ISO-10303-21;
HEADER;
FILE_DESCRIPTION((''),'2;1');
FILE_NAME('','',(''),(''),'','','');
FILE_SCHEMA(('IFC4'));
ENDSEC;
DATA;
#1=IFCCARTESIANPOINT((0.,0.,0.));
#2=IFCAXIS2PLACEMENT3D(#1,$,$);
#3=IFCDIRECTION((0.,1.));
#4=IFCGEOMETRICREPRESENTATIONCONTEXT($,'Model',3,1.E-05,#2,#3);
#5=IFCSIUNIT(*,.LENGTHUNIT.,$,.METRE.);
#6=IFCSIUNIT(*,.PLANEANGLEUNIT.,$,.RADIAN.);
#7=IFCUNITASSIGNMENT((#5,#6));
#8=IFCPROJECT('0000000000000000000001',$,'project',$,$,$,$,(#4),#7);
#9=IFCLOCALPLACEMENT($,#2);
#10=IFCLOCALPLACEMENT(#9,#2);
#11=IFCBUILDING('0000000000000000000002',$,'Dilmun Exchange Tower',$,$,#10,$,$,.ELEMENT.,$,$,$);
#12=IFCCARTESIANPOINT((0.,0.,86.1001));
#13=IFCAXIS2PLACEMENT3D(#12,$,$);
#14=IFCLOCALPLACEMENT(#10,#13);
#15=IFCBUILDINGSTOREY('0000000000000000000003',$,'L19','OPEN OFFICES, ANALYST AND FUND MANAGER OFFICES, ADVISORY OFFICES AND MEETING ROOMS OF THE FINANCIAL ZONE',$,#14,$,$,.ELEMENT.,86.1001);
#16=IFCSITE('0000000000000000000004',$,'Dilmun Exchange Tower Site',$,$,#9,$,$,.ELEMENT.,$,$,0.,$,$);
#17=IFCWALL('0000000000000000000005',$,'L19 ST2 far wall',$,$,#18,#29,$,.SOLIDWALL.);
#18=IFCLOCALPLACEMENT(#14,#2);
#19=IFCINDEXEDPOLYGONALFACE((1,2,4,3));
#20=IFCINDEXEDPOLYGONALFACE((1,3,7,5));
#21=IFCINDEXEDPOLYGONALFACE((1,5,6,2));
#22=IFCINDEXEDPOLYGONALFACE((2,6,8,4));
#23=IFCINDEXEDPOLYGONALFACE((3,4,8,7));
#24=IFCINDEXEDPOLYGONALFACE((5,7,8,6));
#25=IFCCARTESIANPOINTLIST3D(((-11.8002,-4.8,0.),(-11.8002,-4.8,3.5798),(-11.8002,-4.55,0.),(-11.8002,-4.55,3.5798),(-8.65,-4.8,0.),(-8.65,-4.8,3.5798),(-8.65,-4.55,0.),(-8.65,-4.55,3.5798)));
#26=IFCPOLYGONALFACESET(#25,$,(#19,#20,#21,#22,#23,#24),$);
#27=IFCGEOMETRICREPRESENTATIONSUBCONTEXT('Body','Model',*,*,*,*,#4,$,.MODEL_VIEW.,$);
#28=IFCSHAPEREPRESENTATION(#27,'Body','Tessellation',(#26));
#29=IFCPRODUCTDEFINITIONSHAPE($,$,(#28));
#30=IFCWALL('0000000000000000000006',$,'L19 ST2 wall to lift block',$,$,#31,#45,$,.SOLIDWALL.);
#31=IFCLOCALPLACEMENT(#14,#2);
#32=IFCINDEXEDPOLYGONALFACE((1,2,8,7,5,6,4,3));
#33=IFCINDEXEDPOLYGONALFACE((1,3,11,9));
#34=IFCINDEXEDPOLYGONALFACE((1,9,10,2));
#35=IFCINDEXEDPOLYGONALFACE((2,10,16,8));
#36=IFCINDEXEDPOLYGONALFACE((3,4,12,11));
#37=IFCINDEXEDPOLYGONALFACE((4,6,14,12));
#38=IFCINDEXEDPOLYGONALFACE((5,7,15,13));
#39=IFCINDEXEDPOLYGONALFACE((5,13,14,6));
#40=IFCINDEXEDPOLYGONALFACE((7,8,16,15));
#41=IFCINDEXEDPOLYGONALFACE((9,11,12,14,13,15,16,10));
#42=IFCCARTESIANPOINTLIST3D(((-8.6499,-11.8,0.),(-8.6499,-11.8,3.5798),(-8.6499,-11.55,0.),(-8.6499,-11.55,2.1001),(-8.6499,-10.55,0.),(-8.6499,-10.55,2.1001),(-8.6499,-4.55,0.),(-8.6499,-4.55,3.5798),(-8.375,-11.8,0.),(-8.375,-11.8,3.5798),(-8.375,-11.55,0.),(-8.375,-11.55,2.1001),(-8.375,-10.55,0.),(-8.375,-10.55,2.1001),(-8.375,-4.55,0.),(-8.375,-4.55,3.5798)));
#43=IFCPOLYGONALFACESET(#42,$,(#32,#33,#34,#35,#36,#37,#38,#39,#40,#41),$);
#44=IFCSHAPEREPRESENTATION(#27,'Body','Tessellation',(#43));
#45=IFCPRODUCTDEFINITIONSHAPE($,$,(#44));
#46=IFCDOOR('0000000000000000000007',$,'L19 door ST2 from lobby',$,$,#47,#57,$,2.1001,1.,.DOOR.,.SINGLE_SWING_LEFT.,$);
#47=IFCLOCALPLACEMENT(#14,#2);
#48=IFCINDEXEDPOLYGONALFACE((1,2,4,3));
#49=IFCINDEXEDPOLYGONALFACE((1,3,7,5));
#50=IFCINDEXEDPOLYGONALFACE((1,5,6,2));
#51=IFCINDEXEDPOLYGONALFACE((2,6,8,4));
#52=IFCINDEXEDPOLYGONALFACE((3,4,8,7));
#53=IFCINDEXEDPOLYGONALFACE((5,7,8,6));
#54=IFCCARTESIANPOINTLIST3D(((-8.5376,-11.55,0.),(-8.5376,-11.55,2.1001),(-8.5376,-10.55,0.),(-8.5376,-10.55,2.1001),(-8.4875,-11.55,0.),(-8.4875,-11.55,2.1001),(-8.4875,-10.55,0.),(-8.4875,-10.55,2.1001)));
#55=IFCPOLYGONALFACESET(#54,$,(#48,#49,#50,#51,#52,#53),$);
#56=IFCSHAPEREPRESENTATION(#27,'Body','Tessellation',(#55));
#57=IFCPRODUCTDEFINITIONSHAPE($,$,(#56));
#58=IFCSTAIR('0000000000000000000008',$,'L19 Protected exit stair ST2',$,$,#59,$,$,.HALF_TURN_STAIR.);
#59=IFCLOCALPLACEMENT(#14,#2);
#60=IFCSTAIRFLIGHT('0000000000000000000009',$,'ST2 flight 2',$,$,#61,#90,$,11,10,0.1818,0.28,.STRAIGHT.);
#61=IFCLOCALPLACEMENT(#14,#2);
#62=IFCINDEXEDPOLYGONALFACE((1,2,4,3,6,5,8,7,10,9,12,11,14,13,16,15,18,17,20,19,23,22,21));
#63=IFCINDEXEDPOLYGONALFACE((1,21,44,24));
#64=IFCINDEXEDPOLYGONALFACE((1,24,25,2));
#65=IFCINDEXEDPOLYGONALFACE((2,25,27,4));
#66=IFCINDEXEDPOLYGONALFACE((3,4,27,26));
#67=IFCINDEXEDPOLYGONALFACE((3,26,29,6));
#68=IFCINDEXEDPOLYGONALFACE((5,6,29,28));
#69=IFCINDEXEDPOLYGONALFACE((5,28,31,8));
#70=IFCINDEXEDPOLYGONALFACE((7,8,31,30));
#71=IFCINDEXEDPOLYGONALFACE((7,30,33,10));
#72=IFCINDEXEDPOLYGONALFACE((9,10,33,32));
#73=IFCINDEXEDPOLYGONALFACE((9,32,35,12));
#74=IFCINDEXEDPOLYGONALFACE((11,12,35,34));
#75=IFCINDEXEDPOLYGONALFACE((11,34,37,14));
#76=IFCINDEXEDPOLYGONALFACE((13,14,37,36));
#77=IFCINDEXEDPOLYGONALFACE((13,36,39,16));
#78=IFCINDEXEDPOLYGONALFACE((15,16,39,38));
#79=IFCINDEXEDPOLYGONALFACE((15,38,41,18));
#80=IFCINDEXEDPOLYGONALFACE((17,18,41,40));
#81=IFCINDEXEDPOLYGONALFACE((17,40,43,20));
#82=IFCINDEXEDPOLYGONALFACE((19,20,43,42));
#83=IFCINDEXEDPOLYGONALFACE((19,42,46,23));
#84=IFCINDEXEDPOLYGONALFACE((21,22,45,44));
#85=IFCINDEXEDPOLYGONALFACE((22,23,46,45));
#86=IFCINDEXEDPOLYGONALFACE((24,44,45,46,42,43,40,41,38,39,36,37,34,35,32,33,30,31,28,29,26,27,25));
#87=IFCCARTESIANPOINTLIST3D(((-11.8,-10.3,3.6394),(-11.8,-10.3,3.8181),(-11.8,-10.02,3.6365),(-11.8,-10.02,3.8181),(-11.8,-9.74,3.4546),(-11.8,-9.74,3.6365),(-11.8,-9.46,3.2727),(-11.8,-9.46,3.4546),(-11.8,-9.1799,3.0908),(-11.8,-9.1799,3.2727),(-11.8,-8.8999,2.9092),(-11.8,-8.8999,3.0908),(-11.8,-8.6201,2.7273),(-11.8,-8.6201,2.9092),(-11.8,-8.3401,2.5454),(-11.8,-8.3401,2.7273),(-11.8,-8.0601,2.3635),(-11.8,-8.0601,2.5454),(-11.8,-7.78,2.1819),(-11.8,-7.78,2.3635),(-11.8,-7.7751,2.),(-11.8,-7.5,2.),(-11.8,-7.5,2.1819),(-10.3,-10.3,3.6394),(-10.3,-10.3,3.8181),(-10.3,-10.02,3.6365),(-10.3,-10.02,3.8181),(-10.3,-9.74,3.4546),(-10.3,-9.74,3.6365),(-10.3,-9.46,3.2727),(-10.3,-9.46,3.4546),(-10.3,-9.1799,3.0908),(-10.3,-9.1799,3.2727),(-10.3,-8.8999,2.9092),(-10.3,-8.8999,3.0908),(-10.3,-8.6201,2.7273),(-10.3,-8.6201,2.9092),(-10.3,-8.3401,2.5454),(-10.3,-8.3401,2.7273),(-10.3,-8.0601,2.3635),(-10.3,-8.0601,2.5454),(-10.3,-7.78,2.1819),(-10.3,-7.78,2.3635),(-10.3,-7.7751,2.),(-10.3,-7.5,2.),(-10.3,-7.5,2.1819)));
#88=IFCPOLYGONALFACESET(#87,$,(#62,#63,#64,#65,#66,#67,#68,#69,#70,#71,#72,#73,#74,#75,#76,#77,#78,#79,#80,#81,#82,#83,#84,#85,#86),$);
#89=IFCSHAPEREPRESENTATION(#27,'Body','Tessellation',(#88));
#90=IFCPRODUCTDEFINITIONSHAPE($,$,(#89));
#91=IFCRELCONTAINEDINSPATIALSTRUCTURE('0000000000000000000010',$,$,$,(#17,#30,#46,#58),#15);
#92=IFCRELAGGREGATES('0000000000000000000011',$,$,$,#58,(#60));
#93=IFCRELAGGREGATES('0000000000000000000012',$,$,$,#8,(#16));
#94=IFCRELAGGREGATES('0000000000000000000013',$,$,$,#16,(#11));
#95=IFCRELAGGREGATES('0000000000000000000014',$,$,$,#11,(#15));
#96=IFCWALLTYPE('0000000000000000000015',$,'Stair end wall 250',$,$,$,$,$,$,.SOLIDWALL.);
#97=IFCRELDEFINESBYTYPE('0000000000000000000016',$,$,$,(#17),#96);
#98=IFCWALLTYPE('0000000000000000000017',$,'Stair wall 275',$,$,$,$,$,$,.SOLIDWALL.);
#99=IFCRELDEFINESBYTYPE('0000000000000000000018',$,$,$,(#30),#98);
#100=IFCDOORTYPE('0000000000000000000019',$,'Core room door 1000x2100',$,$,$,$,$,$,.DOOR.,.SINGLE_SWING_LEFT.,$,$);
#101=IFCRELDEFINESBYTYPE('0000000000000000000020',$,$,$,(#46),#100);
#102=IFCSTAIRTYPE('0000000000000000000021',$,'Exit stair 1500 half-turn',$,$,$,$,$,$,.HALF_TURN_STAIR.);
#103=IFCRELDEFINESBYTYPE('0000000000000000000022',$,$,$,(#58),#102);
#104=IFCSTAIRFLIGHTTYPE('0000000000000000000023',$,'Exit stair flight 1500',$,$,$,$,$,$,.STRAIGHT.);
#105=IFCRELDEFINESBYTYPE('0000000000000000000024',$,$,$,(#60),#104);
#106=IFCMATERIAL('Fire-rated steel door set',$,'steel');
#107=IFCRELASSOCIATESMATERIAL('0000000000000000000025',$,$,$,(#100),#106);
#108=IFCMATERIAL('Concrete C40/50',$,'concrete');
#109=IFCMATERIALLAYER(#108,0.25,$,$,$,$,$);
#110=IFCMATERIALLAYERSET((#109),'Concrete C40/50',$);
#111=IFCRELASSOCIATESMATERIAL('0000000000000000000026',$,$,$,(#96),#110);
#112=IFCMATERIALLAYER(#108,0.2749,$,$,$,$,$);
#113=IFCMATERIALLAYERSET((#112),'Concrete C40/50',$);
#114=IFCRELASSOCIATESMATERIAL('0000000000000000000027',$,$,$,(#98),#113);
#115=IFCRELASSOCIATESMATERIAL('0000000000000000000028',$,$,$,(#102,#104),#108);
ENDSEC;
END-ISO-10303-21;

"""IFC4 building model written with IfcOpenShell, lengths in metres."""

from ifc_helpers import new_model, si_unit, direction, frame, frame_2d, origin, place, context, subcontext, project, spatial, polyline, rectangle, outline, extrude, material, layer, layer_set, type_object, element, fill, aggregate, save


model = new_model("IFC4")

# Units and contexts
model_context = context("Model", 3, precision=1e-05, world=origin(), true_north=direction((0.0, 1.0)))
body_context = subcontext(model_context, "Body", "Model", "MODEL_VIEW")
ifc_project = project(units=[si_unit("LENGTHUNIT", "METRE"), si_unit("PLANEANGLEUNIT", "RADIAN")], contexts=[model_context])

# Site, building, storey
site_placement = place(None, origin())
site = spatial("IfcSite", under=ifc_project, at=site_placement, Name="Dilmun Exchange Tower Site", CompositionType="ELEMENT", RefElevation=0.0)
building_placement = place(site_placement, origin())
building = spatial("IfcBuilding", under=site, at=building_placement, Name="Dilmun Exchange Tower", CompositionType="ELEMENT")
storey_placement = place(building_placement, frame((0.0, 0.0, 86.1001)))
storey = spatial("IfcBuildingStorey", under=building, at=storey_placement, Name="L19", Description="OPEN OFFICES, ANALYST AND FUND MANAGER OFFICES, ADVISORY OFFICES AND MEETING ROOMS OF THE FINANCIAL ZONE", CompositionType="ELEMENT", Elevation=86.1001)

# Shared definitions
ifc_material_1 = material(Name="Concrete C40/50", Category="concrete")

# Shared definitions
ifc_material_2 = material(Name="Fire-rated steel door set", Category="steel")
door_type = type_object("IfcDoorType", Name="Core room door 1000x2100", OperationType="SINGLE_SWING_LEFT", PredefinedType="DOOR", material=ifc_material_2)

# Wall
ifc_layer_1 = layer(ifc_material_1, 0.25)
ifc_layer_set_1 = layer_set([ifc_layer_1], Name="Concrete C40/50")
wall_type_1 = type_object("IfcWallType", Name="Stair end wall 250", PredefinedType="SOLIDWALL", material=ifc_layer_set_1)
wall_1_placement = place(storey_placement, frame((-8.6499, -4.675, 0.0), z_axis=(0.0, 0.0, 1.0), x_axis=(-1.0, 0.0, 0.0)))
element("IfcWall", 1, at=wall_1_placement, inside=storey, type_object=wall_type_1, Name="L19 ST2 far wall", PredefinedType="SOLIDWALL", context=body_context, shape_type="SweptSolid", body=[
    extrude(rectangle(XDim=3.1501, YDim=0.25, at=frame_2d((1.5752, 0.0))), origin(), (0.0, 0.0, 1.0), 3.5798),
])

# Wall, opening, door
ifc_layer_2 = layer(ifc_material_1, 0.2749)
ifc_layer_set_2 = layer_set([ifc_layer_2], Name="Concrete C40/50")
wall_type_2 = type_object("IfcWallType", Name="Stair wall 275", PredefinedType="SOLIDWALL", material=ifc_layer_set_2)
wall_2_placement = place(storey_placement, frame((-8.5125, -4.55, 0.0), z_axis=(0.0, 0.0, 1.0), x_axis=(0.0, -1.0, 0.0)))
wall_2 = element("IfcWall", 2, at=wall_2_placement, inside=storey, type_object=wall_type_2, Name="L19 ST2 wall to lift block", PredefinedType="SOLIDWALL", context=body_context, shape_type="SweptSolid", body=[
    extrude(rectangle(XDim=7.25, YDim=0.2749, at=frame_2d((3.625, 0.0))), origin(), (0.0, 0.0, 1.0), 3.5798),
])
opening_1_placement = place(wall_2_placement, frame((6.0, 0.0, 0.0)))
opening_1 = element("IfcOpeningElement", 3, at=opening_1_placement, cuts=wall_2, PredefinedType="OPENING", context=body_context, shape_type="SweptSolid", body=[
    extrude(rectangle(XDim=1.0, YDim=2.1001, at=frame_2d((0.5, 1.05))), frame((0.0, 0.1475, 0.0), z_axis=(0.0, -1.0, 0.0), x_axis=(1.0, 0.0, 0.0)), (0.0, 0.0, 1.0), 0.2949),
])
door_1_placement = place(opening_1_placement, origin())
door_1 = element("IfcDoor", 4, at=door_1_placement, inside=storey, type_object=door_type, Name="L19 door ST2 from lobby", OperationType="SINGLE_SWING_LEFT", OverallHeight=2.1001, OverallWidth=1.0, PredefinedType="DOOR", context=body_context, shape_type="SweptSolid", body=[
    extrude(rectangle(XDim=1.0, YDim=2.1001, at=frame_2d((0.5, 1.05))), frame((0.0, 0.0249, 0.0), z_axis=(0.0, -1.0, 0.0), x_axis=(1.0, 0.0, 0.0)), (0.0, 0.0, 1.0), 0.05),
])
fill(opening_1, door_1)

# Stair, stair flight
stair_type = type_object("IfcStairType", Name="Exit stair 1500 half-turn", PredefinedType="HALF_TURN_STAIR", material=ifc_material_1)
stair_placement = place(storey_placement, origin())
stair = element("IfcStair", 5, at=stair_placement, inside=storey, type_object=stair_type, Name="L19 Protected exit stair ST2", PredefinedType="HALF_TURN_STAIR")
stair_flight_type = type_object("IfcStairFlightType", Name="Exit stair flight 1500", PredefinedType="STRAIGHT", material=ifc_material_1)
stair_flight_placement = place(storey_placement, frame((-11.05, -7.5, 2.0), z_axis=(0.0, 0.0, 1.0), x_axis=(0.0, -1.0, 0.0)))
stair_flight = element("IfcStairFlight", 6, at=stair_flight_placement, type_object=stair_flight_type, Name="ST2 flight 2", NumberOfRisers=11, NumberOfTreads=10, PredefinedType="STRAIGHT", RiserHeight=0.1818, TreadLength=0.28, context=body_context, shape_type="SweptSolid", body=[
    extrude(outline(polyline([(0.0, 0.0), (0.0, 0.1819), (0.28, 0.1819), (0.28, 0.3635), (0.5601, 0.3635), (0.5601, 0.5454), (0.8401, 0.5454), (0.8401, 0.7273), (1.1201, 0.7273), (1.1201, 0.9092), (1.3999, 0.9092), (1.3999, 1.0908), (1.6799, 1.0908), (1.6799, 1.2727), (1.96, 1.2727), (1.96, 1.4546), (2.24, 1.4546), (2.24, 1.6365), (2.52, 1.6365), (2.52, 1.8181), (2.8, 1.8181), (2.8, 2.0), (2.8, 1.6394), (0.2751, 0.0), (0.0, 0.0)])), frame((0.0, 0.75, 0.0), z_axis=(0.0, -1.0, 0.0), x_axis=(1.0, 0.0, 0.0)), (0.0, 0.0, 1.0), 1.5),
])
aggregate(stair, [stair_flight])

save(model, "model.ifc")
